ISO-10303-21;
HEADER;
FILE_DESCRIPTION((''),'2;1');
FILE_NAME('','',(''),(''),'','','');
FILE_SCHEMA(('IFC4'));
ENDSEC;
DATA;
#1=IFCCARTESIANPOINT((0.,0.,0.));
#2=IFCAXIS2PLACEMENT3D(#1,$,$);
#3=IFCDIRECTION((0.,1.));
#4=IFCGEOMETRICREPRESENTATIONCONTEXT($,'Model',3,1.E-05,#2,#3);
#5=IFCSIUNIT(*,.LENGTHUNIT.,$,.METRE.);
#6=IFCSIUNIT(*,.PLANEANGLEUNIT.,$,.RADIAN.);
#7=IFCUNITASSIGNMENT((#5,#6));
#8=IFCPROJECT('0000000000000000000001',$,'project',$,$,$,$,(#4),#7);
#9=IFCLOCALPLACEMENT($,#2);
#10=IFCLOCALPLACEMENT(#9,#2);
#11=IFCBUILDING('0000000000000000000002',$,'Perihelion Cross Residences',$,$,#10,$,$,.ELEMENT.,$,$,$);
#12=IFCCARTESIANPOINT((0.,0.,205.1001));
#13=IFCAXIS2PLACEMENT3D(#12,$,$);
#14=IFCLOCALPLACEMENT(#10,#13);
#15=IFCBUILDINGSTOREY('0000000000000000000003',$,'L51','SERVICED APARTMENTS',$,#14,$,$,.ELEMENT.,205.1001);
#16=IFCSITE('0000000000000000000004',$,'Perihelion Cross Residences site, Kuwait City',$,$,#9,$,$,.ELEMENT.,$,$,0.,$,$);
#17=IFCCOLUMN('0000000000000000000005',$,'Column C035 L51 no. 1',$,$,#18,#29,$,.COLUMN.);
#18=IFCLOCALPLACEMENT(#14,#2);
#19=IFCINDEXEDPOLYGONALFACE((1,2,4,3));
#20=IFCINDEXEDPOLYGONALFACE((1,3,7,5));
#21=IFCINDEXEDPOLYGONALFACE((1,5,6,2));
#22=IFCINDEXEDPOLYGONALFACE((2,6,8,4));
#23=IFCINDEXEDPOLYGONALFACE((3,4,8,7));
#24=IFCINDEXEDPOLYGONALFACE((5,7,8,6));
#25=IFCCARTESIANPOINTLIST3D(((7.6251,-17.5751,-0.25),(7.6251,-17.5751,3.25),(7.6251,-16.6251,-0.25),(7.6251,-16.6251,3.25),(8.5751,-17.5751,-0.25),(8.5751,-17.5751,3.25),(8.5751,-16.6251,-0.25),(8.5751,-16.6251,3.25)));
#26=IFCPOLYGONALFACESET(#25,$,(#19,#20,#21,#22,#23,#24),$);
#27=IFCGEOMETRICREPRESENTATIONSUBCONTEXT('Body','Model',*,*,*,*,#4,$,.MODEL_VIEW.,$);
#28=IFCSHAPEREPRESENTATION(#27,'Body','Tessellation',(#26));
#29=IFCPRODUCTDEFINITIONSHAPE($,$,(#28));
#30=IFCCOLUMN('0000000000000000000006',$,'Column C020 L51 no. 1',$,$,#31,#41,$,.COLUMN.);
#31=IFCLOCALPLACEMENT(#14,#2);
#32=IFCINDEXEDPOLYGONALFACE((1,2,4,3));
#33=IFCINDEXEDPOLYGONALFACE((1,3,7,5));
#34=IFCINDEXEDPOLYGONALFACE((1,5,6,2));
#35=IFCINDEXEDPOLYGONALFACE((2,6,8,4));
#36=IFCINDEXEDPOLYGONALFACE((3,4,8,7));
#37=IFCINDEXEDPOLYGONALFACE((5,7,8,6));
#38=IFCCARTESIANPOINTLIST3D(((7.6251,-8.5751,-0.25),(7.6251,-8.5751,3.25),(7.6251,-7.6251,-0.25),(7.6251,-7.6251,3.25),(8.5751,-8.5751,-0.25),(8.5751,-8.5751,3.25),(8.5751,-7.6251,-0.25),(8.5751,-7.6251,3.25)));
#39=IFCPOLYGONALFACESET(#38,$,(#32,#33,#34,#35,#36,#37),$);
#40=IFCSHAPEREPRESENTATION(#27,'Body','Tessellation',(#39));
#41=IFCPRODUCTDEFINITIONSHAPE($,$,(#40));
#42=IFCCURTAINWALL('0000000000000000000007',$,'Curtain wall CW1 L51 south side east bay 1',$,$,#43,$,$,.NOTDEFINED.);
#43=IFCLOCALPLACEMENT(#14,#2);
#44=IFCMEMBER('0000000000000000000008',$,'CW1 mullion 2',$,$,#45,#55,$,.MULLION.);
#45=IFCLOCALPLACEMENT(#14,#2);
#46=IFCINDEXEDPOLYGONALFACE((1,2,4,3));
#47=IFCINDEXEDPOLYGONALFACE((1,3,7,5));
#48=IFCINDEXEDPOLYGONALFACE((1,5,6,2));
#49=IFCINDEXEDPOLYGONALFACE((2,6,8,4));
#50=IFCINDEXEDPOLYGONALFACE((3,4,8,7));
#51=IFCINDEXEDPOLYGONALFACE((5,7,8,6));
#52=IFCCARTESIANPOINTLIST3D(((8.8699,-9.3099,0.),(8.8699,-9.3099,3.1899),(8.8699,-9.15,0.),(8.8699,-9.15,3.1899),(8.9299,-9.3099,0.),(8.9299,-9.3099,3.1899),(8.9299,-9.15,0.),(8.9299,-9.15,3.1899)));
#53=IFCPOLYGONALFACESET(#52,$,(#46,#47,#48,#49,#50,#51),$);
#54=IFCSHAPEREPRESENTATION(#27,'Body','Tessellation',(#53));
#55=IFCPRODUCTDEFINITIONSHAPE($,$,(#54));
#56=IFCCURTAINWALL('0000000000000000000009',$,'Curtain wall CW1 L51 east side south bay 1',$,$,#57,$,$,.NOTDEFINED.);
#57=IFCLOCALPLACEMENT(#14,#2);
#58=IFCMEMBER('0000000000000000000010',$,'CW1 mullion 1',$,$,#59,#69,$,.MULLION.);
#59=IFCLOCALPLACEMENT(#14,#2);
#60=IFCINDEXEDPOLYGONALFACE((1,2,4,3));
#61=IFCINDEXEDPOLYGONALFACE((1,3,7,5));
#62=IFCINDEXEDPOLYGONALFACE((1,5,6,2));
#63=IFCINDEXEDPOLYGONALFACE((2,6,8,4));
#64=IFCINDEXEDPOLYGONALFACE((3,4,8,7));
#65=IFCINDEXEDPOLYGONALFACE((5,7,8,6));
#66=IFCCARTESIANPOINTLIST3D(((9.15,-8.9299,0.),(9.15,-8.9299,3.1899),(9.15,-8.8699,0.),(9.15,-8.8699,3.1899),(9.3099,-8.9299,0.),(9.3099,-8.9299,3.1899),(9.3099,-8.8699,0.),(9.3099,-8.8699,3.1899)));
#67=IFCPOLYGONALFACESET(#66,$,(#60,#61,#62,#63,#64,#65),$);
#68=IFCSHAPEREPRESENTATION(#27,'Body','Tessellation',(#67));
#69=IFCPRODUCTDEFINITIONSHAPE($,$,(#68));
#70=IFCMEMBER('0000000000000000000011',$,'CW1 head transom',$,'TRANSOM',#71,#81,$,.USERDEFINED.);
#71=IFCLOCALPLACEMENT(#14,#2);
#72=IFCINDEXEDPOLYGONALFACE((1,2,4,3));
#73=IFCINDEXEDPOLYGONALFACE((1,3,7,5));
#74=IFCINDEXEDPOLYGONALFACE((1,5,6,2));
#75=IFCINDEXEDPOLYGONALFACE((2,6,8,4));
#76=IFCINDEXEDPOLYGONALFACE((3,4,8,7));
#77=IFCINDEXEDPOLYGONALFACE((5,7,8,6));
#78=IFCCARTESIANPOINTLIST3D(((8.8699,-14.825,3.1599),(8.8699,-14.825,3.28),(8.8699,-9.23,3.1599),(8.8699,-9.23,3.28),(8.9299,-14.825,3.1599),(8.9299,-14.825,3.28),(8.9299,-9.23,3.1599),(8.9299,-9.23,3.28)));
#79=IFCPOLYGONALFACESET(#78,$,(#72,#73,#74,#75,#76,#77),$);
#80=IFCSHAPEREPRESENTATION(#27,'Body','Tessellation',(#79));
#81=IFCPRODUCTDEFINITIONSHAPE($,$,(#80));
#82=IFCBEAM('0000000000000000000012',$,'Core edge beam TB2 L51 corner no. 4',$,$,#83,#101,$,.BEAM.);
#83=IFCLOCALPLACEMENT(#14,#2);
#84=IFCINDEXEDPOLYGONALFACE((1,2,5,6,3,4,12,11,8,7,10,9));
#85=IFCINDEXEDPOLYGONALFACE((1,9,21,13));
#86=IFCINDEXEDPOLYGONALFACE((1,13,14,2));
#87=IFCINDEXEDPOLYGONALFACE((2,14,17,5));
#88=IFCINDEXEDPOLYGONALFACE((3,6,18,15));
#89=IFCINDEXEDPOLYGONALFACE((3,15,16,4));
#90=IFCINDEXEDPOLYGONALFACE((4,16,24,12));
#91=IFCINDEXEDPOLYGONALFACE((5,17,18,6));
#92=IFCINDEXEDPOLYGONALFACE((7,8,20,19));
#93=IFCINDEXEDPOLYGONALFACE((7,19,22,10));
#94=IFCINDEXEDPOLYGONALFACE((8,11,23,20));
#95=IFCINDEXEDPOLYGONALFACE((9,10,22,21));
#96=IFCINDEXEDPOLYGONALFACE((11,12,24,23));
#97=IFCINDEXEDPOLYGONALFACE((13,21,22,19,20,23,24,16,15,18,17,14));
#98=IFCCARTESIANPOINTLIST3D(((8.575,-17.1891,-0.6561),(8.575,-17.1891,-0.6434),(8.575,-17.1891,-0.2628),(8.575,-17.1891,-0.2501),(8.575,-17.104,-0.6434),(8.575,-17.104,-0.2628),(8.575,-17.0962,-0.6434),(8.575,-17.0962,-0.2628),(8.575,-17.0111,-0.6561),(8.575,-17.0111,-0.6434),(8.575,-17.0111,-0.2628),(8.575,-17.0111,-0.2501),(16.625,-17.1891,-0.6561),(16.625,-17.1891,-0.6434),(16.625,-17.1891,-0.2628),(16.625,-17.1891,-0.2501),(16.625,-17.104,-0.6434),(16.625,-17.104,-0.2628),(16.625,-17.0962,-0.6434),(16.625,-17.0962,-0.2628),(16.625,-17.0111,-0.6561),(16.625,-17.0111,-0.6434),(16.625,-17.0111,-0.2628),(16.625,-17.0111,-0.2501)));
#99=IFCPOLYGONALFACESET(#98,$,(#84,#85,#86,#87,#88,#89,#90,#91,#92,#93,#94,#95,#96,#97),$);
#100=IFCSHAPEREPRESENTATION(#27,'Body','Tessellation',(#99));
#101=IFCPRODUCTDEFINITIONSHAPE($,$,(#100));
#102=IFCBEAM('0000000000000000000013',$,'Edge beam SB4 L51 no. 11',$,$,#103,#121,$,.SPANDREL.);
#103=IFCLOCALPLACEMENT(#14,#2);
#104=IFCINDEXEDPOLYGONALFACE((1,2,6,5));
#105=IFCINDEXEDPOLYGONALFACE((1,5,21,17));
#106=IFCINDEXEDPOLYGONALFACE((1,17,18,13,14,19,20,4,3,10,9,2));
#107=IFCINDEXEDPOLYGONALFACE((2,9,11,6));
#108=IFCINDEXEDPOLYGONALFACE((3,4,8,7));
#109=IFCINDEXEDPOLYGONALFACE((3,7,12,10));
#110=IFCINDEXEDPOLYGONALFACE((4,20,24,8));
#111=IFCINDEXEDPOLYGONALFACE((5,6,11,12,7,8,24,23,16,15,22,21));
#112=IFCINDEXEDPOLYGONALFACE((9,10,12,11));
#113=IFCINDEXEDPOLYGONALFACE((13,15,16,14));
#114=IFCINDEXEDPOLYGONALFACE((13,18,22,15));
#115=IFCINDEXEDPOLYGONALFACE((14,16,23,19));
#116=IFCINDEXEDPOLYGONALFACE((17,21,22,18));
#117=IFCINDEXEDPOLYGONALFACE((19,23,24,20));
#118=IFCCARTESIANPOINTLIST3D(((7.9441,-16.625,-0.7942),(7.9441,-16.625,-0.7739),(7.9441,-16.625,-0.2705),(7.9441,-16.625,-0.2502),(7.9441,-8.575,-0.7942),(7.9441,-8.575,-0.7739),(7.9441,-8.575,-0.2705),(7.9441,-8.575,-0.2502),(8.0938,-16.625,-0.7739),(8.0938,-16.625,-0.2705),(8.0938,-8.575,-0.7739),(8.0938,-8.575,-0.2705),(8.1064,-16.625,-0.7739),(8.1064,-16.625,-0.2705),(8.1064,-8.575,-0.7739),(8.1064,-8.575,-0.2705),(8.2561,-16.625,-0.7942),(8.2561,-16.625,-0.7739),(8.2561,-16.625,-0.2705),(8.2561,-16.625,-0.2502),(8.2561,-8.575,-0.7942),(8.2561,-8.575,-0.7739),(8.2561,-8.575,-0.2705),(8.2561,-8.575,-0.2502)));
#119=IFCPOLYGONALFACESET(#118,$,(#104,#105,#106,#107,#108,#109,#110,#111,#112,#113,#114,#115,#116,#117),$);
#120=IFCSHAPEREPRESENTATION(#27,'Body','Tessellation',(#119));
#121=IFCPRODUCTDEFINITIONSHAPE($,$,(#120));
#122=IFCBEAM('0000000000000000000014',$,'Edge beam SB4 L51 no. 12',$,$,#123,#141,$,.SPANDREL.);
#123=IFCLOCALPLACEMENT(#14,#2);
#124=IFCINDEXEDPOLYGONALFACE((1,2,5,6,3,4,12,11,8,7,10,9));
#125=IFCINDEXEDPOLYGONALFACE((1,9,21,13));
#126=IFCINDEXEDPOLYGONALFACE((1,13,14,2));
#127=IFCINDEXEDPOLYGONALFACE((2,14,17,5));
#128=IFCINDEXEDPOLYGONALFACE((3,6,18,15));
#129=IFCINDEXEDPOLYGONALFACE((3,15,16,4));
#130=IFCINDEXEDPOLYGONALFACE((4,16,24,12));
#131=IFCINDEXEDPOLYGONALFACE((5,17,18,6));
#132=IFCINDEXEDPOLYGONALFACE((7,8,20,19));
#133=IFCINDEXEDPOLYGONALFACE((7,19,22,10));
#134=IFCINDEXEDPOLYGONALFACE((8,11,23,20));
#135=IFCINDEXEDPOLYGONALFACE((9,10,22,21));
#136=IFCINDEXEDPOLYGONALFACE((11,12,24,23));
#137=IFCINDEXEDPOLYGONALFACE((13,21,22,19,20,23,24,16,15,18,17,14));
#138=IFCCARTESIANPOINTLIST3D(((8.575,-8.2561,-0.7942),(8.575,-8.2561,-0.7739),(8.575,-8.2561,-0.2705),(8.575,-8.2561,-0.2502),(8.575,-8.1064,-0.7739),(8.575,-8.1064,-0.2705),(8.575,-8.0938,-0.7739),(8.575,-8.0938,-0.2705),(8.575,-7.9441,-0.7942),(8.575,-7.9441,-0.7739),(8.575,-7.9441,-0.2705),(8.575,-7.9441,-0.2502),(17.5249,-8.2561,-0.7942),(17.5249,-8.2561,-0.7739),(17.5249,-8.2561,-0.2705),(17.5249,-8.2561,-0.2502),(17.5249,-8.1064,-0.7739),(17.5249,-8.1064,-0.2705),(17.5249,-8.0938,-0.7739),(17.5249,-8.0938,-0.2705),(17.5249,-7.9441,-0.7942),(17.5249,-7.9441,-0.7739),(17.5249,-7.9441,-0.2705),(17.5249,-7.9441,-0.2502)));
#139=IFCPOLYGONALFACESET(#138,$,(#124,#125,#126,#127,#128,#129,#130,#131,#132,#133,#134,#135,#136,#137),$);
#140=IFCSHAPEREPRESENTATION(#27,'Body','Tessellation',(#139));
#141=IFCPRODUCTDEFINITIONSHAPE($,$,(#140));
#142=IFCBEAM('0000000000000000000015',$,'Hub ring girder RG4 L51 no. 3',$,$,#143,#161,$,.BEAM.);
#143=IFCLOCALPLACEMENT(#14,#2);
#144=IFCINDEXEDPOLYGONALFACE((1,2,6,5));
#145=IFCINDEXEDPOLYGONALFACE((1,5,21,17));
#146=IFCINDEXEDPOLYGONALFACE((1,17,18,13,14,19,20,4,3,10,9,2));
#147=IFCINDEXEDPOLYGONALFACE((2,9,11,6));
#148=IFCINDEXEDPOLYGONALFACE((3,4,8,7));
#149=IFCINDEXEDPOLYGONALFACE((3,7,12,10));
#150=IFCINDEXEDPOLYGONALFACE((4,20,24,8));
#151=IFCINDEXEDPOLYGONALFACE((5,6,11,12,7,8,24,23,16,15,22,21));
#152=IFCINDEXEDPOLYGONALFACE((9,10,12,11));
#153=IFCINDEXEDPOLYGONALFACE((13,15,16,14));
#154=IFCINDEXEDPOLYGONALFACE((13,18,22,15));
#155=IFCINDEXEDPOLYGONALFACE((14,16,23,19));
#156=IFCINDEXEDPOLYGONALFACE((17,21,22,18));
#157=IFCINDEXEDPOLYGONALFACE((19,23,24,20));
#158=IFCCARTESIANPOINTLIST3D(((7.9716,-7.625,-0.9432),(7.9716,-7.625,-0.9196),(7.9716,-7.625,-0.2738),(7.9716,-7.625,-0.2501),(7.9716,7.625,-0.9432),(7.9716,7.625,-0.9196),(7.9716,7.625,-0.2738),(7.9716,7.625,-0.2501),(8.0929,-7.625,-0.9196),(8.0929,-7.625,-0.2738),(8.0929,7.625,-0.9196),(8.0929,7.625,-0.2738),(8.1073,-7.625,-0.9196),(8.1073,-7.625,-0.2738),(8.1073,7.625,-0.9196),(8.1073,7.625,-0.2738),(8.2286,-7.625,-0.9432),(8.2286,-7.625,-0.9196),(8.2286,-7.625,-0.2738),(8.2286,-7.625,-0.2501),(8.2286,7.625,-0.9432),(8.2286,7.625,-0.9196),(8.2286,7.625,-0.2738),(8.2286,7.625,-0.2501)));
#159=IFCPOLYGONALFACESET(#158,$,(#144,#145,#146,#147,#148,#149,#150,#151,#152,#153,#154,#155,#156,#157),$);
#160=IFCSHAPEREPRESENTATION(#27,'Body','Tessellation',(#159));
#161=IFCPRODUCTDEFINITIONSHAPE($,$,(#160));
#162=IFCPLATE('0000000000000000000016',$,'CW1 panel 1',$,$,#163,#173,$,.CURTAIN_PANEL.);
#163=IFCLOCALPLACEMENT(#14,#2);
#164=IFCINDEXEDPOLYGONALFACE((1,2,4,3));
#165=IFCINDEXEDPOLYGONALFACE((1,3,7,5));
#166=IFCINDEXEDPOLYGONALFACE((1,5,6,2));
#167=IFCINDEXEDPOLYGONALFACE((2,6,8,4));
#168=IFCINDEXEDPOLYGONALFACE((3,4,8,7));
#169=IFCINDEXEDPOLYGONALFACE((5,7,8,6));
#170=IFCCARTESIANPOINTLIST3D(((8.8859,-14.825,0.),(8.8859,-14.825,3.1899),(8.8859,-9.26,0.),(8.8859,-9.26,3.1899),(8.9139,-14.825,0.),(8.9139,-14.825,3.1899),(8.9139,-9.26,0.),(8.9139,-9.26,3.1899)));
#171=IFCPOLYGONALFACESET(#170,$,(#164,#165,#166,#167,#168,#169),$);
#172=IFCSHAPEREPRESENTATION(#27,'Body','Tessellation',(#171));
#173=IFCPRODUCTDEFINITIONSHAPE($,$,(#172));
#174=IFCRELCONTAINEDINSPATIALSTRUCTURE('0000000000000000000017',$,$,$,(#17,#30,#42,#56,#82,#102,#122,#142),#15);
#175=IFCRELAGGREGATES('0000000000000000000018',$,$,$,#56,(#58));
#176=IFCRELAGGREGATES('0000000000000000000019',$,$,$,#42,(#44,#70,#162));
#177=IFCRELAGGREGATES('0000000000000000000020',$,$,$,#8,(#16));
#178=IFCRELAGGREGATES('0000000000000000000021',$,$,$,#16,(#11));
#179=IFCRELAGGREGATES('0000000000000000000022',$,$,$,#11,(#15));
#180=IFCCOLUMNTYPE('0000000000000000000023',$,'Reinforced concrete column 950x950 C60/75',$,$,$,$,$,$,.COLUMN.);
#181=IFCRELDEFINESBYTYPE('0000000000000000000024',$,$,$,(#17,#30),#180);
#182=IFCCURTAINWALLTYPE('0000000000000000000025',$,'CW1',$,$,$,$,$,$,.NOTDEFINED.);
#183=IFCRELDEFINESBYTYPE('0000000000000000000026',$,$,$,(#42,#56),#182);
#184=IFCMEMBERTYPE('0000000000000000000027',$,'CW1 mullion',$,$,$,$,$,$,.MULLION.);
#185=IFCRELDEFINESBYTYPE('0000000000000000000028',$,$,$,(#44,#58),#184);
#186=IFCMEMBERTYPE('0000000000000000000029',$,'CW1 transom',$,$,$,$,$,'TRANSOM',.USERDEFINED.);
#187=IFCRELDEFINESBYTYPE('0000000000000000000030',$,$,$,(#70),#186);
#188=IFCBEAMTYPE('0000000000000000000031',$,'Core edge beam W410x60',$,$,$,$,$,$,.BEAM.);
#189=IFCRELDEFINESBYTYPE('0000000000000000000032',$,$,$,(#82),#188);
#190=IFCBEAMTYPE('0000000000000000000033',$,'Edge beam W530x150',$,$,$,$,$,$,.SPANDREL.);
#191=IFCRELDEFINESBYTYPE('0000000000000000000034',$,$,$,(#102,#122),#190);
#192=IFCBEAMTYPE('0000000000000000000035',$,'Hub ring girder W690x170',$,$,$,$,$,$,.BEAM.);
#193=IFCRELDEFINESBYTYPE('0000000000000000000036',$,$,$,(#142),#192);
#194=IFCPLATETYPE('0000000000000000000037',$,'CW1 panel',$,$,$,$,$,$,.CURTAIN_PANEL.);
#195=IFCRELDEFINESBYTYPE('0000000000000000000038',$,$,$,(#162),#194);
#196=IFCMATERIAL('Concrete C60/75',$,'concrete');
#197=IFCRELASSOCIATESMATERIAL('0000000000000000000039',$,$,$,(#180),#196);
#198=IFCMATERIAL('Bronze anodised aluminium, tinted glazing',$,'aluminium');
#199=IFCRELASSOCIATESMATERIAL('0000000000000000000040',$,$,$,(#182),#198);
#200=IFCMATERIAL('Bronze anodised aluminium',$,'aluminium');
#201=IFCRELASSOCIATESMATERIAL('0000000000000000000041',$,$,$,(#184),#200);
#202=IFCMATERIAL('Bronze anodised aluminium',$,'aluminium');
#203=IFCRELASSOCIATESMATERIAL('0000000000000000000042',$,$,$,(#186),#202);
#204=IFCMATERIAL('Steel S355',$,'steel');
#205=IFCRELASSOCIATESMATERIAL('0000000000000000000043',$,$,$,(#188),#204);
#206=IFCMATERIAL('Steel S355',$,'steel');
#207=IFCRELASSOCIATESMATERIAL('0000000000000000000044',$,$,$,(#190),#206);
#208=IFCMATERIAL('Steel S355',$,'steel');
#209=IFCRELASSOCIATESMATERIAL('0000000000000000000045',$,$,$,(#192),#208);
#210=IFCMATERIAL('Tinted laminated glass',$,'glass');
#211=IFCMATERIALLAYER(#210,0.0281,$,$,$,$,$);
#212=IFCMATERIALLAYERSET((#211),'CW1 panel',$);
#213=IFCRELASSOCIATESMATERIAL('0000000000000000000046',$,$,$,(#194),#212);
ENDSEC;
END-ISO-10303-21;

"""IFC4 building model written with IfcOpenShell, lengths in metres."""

from ifc_helpers import new_model, si_unit, direction, frame, origin, origin_2d, place, context, subcontext, project, spatial, rectangle, i_section, extrude, material, layer, layer_set, material_profile, profile_set, type_object, element, aggregate, save


model = new_model("IFC4")

# Units and contexts
model_context = context("Model", 3, precision=1e-05, world=origin(), true_north=direction((0.0, 1.0)))
body_context = subcontext(model_context, "Body", "Model", "MODEL_VIEW")
ifc_project = project(units=[si_unit("LENGTHUNIT", "METRE"), si_unit("PLANEANGLEUNIT", "RADIAN")], contexts=[model_context])

# Site, building, storey
site_placement = place(None, origin())
site = spatial("IfcSite", under=ifc_project, at=site_placement, Name="Perihelion Cross Residences site, Kuwait City", CompositionType="ELEMENT", RefElevation=0.0)
building_placement = place(site_placement, origin())
building = spatial("IfcBuilding", under=site, at=building_placement, Name="Perihelion Cross Residences", CompositionType="ELEMENT")
storey_placement = place(building_placement, frame((0.0, 0.0, 205.1001)))
storey = spatial("IfcBuildingStorey", under=building, at=storey_placement, Name="L51", Description="SERVICED APARTMENTS", CompositionType="ELEMENT", Elevation=205.1001)

# Columns
ifc_material_1 = material(Name="Concrete C60/75", Category="concrete")
ifc_material_profile_1 = material_profile(ifc_material_1, rectangle(XDim=0.95, YDim=0.95, at=origin_2d()), Name="RC 950x950")
ifc_profile_set_1 = profile_set([ifc_material_profile_1], Name="Concrete C60/75")
column_type = type_object("IfcColumnType", Name="Reinforced concrete column 950x950 C60/75", PredefinedType="COLUMN", material=ifc_profile_set_1)
for number, where, z_axis, x_axis, name in (
    (1, (8.1001, -17.1001, -0.25), (0.0, 0.0, 1.0), (1.0, 0.0, 0.0), "Column C035 L51 no. 1"),
    (2, (8.1001, -8.1001, -0.25), (0.0, 0.0, 1.0), (1.0, 0.0, 0.0), "Column C020 L51 no. 1"),
):
    element("IfcColumn", number, at=place(storey_placement, frame(where, z_axis=z_axis, x_axis=x_axis)), inside=storey, type_object=column_type, Name=name, PredefinedType="COLUMN", context=body_context, shape_type="SweptSolid", body=[
        extrude(rectangle(XDim=0.95, YDim=0.95, at=origin_2d()), origin(), (0.0, 0.0, 1.0), 3.5),
    ])

# Curtain walls, members
ifc_material_2 = material(Name="Bronze anodised aluminium, tinted glazing", Category="aluminium")
curtain_wall_type = type_object("IfcCurtainWallType", Name="CW1", PredefinedType="NOTDEFINED", material=ifc_material_2)
curtain_wall_1_placement = place(storey_placement, origin())
curtain_wall_1 = element("IfcCurtainWall", 3, at=curtain_wall_1_placement, inside=storey, type_object=curtain_wall_type, Name="Curtain wall CW1 L51 south side east bay 1", PredefinedType="NOTDEFINED")
ifc_material_3 = material(Name="Bronze anodised aluminium", Category="aluminium")
ifc_material_profile_2 = material_profile(ifc_material_3, rectangle(XDim=0.0601, YDim=0.1599, at=origin_2d()), Name="CW1 mullion")
ifc_profile_set_2 = profile_set([ifc_material_profile_2], Name="Bronze anodised aluminium")
member_type_1 = type_object("IfcMemberType", Name="CW1 mullion", PredefinedType="MULLION", material=ifc_profile_set_2)
member_1_placement = place(storey_placement, frame((8.8999, -9.23, 0.0), z_axis=(0.0, 0.0, 1.0), x_axis=(-1.0, 0.0, 0.0)))
member_1 = element("IfcMember", 4, at=member_1_placement, type_object=member_type_1, Name="CW1 mullion 2", PredefinedType="MULLION", context=body_context, shape_type="SweptSolid", body=[
    extrude(rectangle(XDim=0.0601, YDim=0.1599, at=origin_2d()), origin(), (0.0, 0.0, 1.0), 3.1899),
])
curtain_wall_2_placement = place(storey_placement, origin())
curtain_wall_2 = element("IfcCurtainWall", 5, at=curtain_wall_2_placement, inside=storey, type_object=curtain_wall_type, Name="Curtain wall CW1 L51 east side south bay 1", PredefinedType="NOTDEFINED")
member_2_placement = place(storey_placement, frame((9.23, -8.8999, 0.0), z_axis=(0.0, 0.0, 1.0), x_axis=(0.0, 1.0, 0.0)))
member_2 = element("IfcMember", 6, at=member_2_placement, type_object=member_type_1, Name="CW1 mullion 1", PredefinedType="MULLION", context=body_context, shape_type="SweptSolid", body=[
    extrude(rectangle(XDim=0.0601, YDim=0.1599, at=origin_2d()), origin(), (0.0, 0.0, 1.0), 3.1899),
])
aggregate(curtain_wall_2, [member_2])

# Member
ifc_material_4 = material(Name="Bronze anodised aluminium", Category="aluminium")
ifc_material_profile_3 = material_profile(ifc_material_4, rectangle(XDim=0.0601, YDim=0.1201, at=origin_2d()), Name="CW1 transom")
ifc_profile_set_3 = profile_set([ifc_material_profile_3], Name="Bronze anodised aluminium")
member_type_2 = type_object("IfcMemberType", Name="CW1 transom", ElementType="TRANSOM", PredefinedType="USERDEFINED", material=ifc_profile_set_3)
member_3_placement = place(storey_placement, frame((8.8999, -14.825, 3.22), z_axis=(0.0, 1.0, 0.0), x_axis=(-1.0, 0.0, 0.0)))
member_3 = element("IfcMember", 7, at=member_3_placement, type_object=member_type_2, Name="CW1 head transom", ObjectType="TRANSOM", PredefinedType="USERDEFINED", context=body_context, shape_type="SweptSolid", body=[
    extrude(rectangle(XDim=0.0601, YDim=0.1201, at=origin_2d()), origin(), (0.0, 0.0, 1.0), 5.595),
])

# Beams
ifc_material_5 = material(Name="Steel S355", Category="steel")
ifc_material_profile_4 = material_profile(ifc_material_5, i_section(OverallWidth=0.178, OverallDepth=0.406, WebThickness=0.0078, FlangeThickness=0.0127, at=origin_2d()), Name="W410x60")
ifc_profile_set_4 = profile_set([ifc_material_profile_4], Name="Steel S355")
beam_type_1 = type_object("IfcBeamType", Name="Core edge beam W410x60", PredefinedType="BEAM", material=ifc_profile_set_4)
beam_1_placement = place(storey_placement, frame((8.575, -17.1001, -0.4531), z_axis=(1.0, 0.0, 0.0), x_axis=(0.0, 1.0, 0.0)))
element("IfcBeam", 8, at=beam_1_placement, inside=storey, type_object=beam_type_1, Name="Core edge beam TB2 L51 corner no. 4", PredefinedType="BEAM", context=body_context, shape_type="SweptSolid", body=[
    extrude(i_section(OverallWidth=0.178, OverallDepth=0.406, WebThickness=0.0078, FlangeThickness=0.0127, at=origin_2d()), origin(), (0.0, 0.0, 1.0), 8.05),
])
ifc_material_6 = material(Name="Steel S355", Category="steel")
ifc_material_profile_5 = material_profile(ifc_material_6, i_section(OverallWidth=0.312, OverallDepth=0.5439, WebThickness=0.0127, FlangeThickness=0.0203, at=origin_2d()), Name="W530x150")
ifc_profile_set_5 = profile_set([ifc_material_profile_5], Name="Steel S355")
beam_type_2 = type_object("IfcBeamType", Name="Edge beam W530x150", PredefinedType="SPANDREL", material=ifc_profile_set_5)
beam_2_placement = place(storey_placement, frame((8.1001, -16.625, -0.5222), z_axis=(0.0, 1.0, 0.0), x_axis=(-1.0, 0.0, 0.0)))
element("IfcBeam", 9, at=beam_2_placement, inside=storey, type_object=beam_type_2, Name="Edge beam SB4 L51 no. 11", PredefinedType="SPANDREL", context=body_context, shape_type="SweptSolid", body=[
    extrude(i_section(OverallWidth=0.312, OverallDepth=0.5439, WebThickness=0.0127, FlangeThickness=0.0203, at=origin_2d()), origin(), (0.0, 0.0, 1.0), 8.05),
])
beam_3_placement = place(storey_placement, frame((8.575, -8.1001, -0.5222), z_axis=(1.0, 0.0, 0.0), x_axis=(0.0, 1.0, 0.0)))
element("IfcBeam", 10, at=beam_3_placement, inside=storey, type_object=beam_type_2, Name="Edge beam SB4 L51 no. 12", PredefinedType="SPANDREL", context=body_context, shape_type="SweptSolid", body=[
    extrude(i_section(OverallWidth=0.312, OverallDepth=0.5439, WebThickness=0.0127, FlangeThickness=0.0203, at=origin_2d()), origin(), (0.0, 0.0, 1.0), 8.95),
])
ifc_material_7 = material(Name="Steel S355", Category="steel")
ifc_material_profile_6 = material_profile(ifc_material_7, i_section(OverallWidth=0.2571, OverallDepth=0.6931, WebThickness=0.0144, FlangeThickness=0.0237, at=origin_2d()), Name="W690x170")
ifc_profile_set_6 = profile_set([ifc_material_profile_6], Name="Steel S355")
beam_type_3 = type_object("IfcBeamType", Name="Hub ring girder W690x170", PredefinedType="BEAM", material=ifc_profile_set_6)
beam_4_placement = place(storey_placement, frame((8.1001, -7.625, -0.5967), z_axis=(0.0, 1.0, 0.0), x_axis=(-1.0, 0.0, 0.0)))
element("IfcBeam", 11, at=beam_4_placement, inside=storey, type_object=beam_type_3, Name="Hub ring girder RG4 L51 no. 3", PredefinedType="BEAM", context=body_context, shape_type="SweptSolid", body=[
    extrude(i_section(OverallWidth=0.2571, OverallDepth=0.6931, WebThickness=0.0144, FlangeThickness=0.0237, at=origin_2d()), origin(), (0.0, 0.0, 1.0), 15.25),
])

# Plate
ifc_material_8 = material(Name="Tinted laminated glass", Category="glass")
ifc_layer_1 = layer(ifc_material_8, 0.0281)
ifc_layer_set_1 = layer_set([ifc_layer_1], Name="CW1 panel")
plate_type = type_object("IfcPlateType", Name="CW1 panel", PredefinedType="CURTAIN_PANEL", material=ifc_layer_set_1)
plate_placement = place(storey_placement, frame((8.8999, -12.0425, 0.0), z_axis=(0.0, 0.0, 1.0), x_axis=(0.0, 1.0, 0.0)))
plate = element("IfcPlate", 12, at=plate_placement, type_object=plate_type, Name="CW1 panel 1", PredefinedType="CURTAIN_PANEL", context=body_context, shape_type="SweptSolid", body=[
    extrude(rectangle(XDim=5.5649, YDim=0.0281, at=origin_2d()), origin(), (0.0, 0.0, 1.0), 3.1899),
])
aggregate(curtain_wall_1, [member_1, member_3, plate])

save(model, "model.ifc")
